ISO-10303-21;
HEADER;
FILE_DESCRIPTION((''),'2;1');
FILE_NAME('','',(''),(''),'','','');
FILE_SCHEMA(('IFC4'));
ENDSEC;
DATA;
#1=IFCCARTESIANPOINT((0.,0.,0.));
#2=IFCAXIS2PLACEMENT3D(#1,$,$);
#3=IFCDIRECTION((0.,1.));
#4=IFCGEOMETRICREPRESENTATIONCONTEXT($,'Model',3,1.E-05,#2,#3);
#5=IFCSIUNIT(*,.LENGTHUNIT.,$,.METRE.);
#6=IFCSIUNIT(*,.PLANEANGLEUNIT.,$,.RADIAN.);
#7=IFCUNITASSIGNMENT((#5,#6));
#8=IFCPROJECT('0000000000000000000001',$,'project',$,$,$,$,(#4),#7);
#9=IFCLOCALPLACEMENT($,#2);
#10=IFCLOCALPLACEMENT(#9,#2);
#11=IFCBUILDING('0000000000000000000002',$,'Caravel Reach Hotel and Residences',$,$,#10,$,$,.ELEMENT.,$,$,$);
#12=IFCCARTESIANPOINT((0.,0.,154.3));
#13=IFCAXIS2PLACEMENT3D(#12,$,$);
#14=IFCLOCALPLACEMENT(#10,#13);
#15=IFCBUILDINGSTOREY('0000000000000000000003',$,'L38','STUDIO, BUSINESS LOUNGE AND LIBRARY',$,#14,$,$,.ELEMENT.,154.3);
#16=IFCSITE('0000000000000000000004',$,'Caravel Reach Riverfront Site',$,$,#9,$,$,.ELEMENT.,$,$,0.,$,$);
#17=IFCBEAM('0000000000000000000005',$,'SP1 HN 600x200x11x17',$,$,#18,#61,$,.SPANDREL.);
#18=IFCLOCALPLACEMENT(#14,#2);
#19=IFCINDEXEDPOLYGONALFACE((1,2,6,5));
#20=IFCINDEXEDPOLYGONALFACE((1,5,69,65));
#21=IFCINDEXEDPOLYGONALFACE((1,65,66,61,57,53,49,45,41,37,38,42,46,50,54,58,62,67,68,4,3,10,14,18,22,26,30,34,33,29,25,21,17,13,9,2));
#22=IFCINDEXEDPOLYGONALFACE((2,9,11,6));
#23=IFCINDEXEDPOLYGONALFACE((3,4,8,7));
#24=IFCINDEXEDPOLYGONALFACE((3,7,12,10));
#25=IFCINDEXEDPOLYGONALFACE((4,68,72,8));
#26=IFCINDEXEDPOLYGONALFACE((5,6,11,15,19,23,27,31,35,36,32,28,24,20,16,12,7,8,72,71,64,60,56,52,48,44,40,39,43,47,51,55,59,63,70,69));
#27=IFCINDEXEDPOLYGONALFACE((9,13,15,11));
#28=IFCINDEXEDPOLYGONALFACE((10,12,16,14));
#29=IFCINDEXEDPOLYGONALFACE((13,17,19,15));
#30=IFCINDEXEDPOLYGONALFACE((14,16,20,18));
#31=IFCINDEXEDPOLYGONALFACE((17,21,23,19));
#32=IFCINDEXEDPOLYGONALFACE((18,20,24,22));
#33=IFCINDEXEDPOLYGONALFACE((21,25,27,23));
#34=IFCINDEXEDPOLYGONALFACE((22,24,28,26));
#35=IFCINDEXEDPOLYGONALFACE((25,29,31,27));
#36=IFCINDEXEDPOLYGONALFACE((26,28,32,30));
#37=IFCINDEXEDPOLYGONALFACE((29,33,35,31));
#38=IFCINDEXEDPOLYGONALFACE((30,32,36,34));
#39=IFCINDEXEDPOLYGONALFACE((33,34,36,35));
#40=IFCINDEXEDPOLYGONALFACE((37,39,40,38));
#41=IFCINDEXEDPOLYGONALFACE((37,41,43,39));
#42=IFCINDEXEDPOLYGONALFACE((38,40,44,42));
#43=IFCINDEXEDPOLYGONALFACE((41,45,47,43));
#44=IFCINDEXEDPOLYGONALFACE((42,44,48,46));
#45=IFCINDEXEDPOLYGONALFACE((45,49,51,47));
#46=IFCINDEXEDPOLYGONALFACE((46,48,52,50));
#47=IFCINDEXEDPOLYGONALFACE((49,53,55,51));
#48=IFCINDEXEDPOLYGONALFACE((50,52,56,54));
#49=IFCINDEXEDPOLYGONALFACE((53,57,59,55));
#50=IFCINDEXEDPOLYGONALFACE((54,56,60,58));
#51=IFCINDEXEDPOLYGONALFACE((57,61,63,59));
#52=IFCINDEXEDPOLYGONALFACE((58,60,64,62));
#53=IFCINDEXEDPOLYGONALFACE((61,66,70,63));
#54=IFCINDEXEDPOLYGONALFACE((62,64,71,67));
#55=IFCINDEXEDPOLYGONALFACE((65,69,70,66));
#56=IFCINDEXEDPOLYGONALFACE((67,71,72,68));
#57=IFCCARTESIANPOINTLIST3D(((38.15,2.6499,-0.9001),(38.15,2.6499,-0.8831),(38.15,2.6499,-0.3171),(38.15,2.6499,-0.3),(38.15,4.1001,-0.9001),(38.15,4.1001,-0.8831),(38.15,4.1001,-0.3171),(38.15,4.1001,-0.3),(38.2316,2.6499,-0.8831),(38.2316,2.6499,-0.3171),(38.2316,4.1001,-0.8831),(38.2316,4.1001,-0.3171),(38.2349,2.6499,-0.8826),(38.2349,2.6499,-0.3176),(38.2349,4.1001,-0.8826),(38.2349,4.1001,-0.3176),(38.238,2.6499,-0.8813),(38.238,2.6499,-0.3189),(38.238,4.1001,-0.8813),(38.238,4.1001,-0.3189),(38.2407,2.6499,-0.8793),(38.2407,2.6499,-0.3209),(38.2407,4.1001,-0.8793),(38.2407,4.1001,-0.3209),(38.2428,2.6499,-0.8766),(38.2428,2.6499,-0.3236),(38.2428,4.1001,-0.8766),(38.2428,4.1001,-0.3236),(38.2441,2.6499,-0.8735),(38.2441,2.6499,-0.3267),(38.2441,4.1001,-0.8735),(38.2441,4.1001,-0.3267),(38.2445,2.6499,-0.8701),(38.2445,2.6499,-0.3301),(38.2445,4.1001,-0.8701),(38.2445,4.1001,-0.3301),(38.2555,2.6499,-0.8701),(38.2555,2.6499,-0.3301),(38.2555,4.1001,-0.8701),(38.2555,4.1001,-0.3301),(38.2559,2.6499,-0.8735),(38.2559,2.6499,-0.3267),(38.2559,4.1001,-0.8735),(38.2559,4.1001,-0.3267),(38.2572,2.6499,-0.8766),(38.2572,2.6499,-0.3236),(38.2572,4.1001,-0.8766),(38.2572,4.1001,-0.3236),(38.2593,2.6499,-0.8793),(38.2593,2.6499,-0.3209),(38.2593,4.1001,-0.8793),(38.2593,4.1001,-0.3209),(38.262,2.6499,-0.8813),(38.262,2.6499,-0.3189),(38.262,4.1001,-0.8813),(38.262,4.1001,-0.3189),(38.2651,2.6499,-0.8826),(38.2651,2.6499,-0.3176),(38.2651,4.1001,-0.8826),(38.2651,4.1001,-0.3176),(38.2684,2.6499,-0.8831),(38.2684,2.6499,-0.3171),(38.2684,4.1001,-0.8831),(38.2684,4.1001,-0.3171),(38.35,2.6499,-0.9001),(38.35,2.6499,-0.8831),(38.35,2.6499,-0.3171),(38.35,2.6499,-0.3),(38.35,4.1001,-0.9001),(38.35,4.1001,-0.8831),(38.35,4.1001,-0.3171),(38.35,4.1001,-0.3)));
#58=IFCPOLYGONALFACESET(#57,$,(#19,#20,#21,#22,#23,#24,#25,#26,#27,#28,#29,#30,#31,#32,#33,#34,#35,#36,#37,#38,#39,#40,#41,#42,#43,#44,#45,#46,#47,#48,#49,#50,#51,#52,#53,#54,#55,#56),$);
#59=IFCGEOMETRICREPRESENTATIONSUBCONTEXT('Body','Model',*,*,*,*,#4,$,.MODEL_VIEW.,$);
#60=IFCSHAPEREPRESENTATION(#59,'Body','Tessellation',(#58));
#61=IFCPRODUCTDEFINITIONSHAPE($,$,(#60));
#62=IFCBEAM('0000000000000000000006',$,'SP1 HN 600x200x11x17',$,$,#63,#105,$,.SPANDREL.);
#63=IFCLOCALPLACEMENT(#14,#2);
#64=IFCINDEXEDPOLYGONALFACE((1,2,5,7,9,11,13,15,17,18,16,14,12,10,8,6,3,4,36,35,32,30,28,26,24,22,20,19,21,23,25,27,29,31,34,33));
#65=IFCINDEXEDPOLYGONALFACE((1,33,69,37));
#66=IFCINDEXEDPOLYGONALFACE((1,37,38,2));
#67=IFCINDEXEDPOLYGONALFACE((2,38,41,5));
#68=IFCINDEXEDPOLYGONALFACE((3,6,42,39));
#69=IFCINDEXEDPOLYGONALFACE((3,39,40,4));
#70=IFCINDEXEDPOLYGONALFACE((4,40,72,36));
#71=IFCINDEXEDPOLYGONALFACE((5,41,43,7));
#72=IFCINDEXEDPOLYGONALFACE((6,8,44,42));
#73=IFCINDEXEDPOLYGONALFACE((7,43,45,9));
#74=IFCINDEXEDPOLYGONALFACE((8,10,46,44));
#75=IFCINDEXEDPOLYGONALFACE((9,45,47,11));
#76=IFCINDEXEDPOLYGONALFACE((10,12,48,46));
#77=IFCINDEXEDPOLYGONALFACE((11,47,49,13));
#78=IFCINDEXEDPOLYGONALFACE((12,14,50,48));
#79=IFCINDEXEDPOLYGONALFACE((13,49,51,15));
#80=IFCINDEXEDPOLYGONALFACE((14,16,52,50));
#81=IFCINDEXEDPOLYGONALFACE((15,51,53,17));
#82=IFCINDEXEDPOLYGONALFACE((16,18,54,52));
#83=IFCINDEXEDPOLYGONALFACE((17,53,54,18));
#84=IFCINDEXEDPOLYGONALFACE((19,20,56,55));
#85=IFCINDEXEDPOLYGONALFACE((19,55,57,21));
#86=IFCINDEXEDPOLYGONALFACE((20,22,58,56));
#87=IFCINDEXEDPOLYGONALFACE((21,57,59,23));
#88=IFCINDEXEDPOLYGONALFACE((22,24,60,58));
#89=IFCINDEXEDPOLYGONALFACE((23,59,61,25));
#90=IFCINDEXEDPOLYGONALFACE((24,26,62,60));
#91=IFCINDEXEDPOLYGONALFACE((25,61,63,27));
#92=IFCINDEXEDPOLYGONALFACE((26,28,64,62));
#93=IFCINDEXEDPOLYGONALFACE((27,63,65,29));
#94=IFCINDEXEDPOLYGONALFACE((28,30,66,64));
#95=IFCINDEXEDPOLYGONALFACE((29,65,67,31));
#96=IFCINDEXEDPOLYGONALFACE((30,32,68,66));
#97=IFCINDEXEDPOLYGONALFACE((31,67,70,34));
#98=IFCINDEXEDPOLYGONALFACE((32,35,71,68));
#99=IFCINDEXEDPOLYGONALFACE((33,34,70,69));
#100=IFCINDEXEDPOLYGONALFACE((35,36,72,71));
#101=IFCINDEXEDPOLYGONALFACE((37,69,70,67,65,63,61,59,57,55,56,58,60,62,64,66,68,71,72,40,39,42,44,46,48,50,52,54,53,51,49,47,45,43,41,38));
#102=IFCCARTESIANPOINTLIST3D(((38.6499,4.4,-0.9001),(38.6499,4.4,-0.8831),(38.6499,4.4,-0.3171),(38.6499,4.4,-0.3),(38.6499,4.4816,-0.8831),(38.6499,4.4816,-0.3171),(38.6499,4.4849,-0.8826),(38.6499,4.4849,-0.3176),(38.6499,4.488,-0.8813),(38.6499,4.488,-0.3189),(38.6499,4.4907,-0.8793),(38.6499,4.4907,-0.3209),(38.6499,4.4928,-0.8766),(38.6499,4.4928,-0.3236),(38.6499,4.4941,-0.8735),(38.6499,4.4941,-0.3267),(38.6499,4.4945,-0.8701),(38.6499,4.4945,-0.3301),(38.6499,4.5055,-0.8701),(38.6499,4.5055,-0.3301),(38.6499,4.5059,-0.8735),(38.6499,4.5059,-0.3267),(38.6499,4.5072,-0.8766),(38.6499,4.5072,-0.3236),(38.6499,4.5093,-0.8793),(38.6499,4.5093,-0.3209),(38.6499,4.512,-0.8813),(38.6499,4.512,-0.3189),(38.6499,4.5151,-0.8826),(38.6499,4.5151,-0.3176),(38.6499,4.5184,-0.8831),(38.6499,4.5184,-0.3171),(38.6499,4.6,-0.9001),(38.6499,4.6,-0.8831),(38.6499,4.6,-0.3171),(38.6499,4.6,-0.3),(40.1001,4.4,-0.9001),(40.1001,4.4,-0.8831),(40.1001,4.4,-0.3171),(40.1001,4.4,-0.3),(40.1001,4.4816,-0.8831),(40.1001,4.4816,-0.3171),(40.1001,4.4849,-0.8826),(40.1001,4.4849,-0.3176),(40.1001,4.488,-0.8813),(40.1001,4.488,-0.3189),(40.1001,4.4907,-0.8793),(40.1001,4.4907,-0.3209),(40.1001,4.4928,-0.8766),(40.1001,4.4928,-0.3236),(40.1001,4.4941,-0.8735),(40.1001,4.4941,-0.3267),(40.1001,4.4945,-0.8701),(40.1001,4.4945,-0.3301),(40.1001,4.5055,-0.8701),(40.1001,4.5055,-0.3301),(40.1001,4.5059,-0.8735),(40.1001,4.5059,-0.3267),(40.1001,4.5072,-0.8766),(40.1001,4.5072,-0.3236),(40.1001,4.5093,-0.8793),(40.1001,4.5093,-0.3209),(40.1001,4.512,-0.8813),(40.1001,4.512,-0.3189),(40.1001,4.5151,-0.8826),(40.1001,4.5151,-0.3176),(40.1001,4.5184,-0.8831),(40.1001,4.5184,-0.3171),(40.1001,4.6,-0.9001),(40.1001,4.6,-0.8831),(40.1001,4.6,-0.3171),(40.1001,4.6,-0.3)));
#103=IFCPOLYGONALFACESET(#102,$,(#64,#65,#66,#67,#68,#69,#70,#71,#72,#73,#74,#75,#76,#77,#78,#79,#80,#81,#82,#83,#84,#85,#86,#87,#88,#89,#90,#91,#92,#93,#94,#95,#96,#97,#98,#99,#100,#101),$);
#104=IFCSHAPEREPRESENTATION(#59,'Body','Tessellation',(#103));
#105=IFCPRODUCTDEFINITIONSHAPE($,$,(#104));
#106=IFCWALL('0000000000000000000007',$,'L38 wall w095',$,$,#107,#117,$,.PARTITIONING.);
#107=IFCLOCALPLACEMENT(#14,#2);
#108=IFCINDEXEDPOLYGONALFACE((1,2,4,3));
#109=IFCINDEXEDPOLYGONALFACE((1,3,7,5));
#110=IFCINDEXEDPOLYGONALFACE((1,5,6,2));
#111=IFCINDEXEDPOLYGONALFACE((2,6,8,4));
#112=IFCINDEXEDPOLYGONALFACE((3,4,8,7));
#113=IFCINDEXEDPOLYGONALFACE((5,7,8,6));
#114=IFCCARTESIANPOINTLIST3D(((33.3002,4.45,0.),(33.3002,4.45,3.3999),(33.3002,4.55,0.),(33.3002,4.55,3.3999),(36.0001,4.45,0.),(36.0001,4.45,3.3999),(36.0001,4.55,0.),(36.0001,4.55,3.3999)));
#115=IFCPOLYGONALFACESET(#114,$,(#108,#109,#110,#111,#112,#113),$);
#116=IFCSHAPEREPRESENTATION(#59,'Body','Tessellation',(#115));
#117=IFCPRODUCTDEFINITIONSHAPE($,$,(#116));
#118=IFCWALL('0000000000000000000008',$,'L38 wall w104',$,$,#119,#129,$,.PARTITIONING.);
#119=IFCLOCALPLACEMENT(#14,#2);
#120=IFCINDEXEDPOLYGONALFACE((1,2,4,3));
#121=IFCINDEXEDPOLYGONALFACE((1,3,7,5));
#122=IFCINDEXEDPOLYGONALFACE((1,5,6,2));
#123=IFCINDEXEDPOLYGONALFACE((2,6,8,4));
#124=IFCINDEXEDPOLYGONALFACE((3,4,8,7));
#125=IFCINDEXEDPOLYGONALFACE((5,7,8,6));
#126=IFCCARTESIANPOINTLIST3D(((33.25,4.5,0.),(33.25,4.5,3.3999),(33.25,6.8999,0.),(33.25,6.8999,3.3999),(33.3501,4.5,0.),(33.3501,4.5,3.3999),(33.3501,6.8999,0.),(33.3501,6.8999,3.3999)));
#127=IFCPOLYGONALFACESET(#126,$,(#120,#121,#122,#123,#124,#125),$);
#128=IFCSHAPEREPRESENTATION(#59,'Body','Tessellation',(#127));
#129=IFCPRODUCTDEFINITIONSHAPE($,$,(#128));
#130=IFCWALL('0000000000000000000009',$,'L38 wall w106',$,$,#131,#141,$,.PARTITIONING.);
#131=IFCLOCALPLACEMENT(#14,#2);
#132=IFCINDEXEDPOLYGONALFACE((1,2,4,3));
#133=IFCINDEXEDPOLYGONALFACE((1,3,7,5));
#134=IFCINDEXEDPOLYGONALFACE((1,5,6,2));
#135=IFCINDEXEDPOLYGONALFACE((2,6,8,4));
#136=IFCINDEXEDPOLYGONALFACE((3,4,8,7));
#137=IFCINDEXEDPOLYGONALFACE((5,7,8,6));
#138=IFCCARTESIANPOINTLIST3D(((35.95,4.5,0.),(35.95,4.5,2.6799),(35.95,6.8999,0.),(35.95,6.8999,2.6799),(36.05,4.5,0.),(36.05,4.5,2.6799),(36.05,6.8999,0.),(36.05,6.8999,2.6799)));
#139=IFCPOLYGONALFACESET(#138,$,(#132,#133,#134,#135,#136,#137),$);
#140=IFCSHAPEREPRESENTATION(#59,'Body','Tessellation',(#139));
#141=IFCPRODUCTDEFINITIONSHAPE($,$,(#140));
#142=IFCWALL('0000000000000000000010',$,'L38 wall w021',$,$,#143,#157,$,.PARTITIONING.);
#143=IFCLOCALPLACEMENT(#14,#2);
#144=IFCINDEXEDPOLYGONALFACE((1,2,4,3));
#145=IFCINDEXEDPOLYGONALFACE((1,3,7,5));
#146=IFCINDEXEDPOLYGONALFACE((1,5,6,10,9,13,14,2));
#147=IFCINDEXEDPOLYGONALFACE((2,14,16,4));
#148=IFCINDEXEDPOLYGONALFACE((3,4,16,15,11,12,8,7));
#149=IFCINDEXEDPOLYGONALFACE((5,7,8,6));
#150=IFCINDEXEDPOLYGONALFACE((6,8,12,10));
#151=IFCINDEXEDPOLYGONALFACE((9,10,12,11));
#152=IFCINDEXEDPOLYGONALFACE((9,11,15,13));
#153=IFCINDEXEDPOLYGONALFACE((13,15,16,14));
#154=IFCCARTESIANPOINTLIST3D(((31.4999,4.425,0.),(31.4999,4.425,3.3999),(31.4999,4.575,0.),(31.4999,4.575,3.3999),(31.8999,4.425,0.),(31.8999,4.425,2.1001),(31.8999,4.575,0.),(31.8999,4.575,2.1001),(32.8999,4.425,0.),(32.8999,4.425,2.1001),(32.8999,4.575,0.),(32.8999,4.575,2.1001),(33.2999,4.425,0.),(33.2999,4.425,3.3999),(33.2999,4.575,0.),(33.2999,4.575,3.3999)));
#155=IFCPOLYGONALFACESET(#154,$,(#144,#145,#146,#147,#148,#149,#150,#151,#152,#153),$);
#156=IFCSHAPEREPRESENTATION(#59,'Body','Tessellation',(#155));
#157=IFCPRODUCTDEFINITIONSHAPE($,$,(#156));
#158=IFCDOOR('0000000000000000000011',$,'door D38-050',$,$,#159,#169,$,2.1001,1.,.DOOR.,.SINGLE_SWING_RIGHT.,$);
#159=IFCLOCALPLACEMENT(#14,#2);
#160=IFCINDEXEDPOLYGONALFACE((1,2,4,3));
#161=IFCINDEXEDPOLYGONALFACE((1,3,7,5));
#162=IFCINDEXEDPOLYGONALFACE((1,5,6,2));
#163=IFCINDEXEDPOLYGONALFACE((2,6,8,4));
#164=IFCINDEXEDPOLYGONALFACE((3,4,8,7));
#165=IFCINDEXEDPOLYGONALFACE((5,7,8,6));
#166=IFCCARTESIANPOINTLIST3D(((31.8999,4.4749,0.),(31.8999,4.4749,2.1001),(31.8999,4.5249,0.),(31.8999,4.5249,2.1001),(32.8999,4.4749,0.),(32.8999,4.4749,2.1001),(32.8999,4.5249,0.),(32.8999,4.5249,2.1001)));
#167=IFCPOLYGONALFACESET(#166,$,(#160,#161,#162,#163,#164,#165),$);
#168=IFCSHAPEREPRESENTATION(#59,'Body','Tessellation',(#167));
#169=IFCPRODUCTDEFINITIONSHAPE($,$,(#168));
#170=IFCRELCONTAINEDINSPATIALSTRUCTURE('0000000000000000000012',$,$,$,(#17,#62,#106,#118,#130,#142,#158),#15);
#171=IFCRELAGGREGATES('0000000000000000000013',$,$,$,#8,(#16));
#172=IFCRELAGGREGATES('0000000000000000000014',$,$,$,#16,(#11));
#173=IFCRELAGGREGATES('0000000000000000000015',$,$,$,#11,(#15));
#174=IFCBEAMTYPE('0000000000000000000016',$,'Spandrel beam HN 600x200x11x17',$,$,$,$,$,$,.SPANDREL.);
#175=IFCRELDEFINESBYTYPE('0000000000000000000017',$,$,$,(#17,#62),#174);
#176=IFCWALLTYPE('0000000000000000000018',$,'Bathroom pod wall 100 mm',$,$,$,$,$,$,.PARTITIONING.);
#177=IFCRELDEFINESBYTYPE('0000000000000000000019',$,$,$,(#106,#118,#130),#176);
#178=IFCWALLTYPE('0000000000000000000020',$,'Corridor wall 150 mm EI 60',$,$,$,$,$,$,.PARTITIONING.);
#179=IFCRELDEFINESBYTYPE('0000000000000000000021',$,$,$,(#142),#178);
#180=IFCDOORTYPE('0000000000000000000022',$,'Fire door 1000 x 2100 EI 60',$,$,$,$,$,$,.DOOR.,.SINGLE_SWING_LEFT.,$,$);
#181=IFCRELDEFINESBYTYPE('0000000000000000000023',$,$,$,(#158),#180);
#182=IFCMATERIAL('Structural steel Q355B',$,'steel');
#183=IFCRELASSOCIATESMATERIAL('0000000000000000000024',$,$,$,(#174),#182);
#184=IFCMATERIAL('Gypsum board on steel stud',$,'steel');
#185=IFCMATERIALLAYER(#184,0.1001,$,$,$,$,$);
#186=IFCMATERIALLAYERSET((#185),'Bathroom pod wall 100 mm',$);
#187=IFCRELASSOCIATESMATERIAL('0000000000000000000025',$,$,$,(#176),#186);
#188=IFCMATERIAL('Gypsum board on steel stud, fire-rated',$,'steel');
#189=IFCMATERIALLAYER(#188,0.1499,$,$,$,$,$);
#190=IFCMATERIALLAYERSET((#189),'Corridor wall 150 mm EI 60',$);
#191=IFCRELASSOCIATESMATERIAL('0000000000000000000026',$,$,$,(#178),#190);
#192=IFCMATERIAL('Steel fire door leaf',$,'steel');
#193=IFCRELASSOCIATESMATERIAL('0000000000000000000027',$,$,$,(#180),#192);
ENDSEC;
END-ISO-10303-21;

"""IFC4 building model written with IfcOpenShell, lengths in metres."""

from ifc_helpers import new_model, si_unit, direction, frame, frame_2d, origin, origin_2d, place, context, subcontext, project, spatial, rectangle, i_section, extrude, material, layer, layer_set, material_profile, profile_set, type_object, element, fill, save


model = new_model("IFC4")

# Units and contexts
model_context = context("Model", 3, precision=1e-05, world=origin(), true_north=direction((0.0, 1.0)))
body_context = subcontext(model_context, "Body", "Model", "MODEL_VIEW")
ifc_project = project(units=[si_unit("LENGTHUNIT", "METRE"), si_unit("PLANEANGLEUNIT", "RADIAN")], contexts=[model_context])

# Site, building, storey
site_placement = place(None, origin())
site = spatial("IfcSite", under=ifc_project, at=site_placement, Name="Caravel Reach Riverfront Site", CompositionType="ELEMENT", RefElevation=0.0)
building_placement = place(site_placement, origin())
building = spatial("IfcBuilding", under=site, at=building_placement, Name="Caravel Reach Hotel and Residences", CompositionType="ELEMENT")
storey_placement = place(building_placement, frame((0.0, 0.0, 154.3)))
storey = spatial("IfcBuildingStorey", under=building, at=storey_placement, Name="L38", Description="STUDIO, BUSINESS LOUNGE AND LIBRARY", CompositionType="ELEMENT", Elevation=154.3)

# Beams
ifc_material_1 = material(Name="Structural steel Q355B", Category="steel")
ifc_material_profile_1 = material_profile(ifc_material_1, i_section(OverallWidth=0.2, OverallDepth=0.6001, WebThickness=0.011, FlangeThickness=0.0171, FilletRadius=0.0129, at=origin_2d()), Name="HN 600x200x11x17")
ifc_profile_set_1 = profile_set([ifc_material_profile_1], Name="Structural steel Q355B")
beam_type = type_object("IfcBeamType", Name="Spandrel beam HN 600x200x11x17", PredefinedType="SPANDREL", material=ifc_profile_set_1)
for number, where, z_axis, x_axis, name in (
    (1, (38.25, 2.6499, -0.6001), (0.0, 1.0, 0.0), (-1.0, 0.0, 0.0), "SP1 HN 600x200x11x17"),
    (2, (38.6499, 4.5, -0.6001), (1.0, 0.0, 0.0), (0.0, 1.0, 0.0), "SP1 HN 600x200x11x17"),
):
    element("IfcBeam", number, at=place(storey_placement, frame(where, z_axis=z_axis, x_axis=x_axis)), inside=storey, type_object=beam_type, Name=name, PredefinedType="SPANDREL", context=body_context, shape_type="SweptSolid", body=[
        extrude(i_section(OverallWidth=0.2, OverallDepth=0.6001, WebThickness=0.011, FlangeThickness=0.0171, FilletRadius=0.0129, at=origin_2d()), origin(), (0.0, 0.0, 1.0), 1.4502),
    ])

# Walls
ifc_material_2 = material(Name="Gypsum board on steel stud", Category="steel")
ifc_layer_1 = layer(ifc_material_2, 0.1001)
ifc_layer_set_1 = layer_set([ifc_layer_1], Name="Bathroom pod wall 100 mm")
wall_type_1 = type_object("IfcWallType", Name="Bathroom pod wall 100 mm", PredefinedType="PARTITIONING", material=ifc_layer_set_1)
wall_1_placement = place(storey_placement, frame((33.3, 4.5, 0.0), z_axis=(0.0, 0.0, 1.0), x_axis=(1.0, 0.0, 0.0)))
element("IfcWall", 3, at=wall_1_placement, inside=storey, type_object=wall_type_1, Name="L38 wall w095", PredefinedType="PARTITIONING", context=body_context, shape_type="SweptSolid", body=[
    extrude(rectangle(XDim=2.7, YDim=0.1001, at=frame_2d((1.3501, 0.0))), origin(), (0.0, 0.0, 1.0), 3.3999),
])
wall_2_placement = place(storey_placement, frame((33.3, 4.5, 0.0), z_axis=(0.0, 0.0, 1.0), x_axis=(0.0, 1.0, 0.0)))
element("IfcWall", 4, at=wall_2_placement, inside=storey, type_object=wall_type_1, Name="L38 wall w104", PredefinedType="PARTITIONING", context=body_context, shape_type="SweptSolid", body=[
    extrude(rectangle(XDim=2.3999, YDim=0.1001, at=frame_2d((1.2, 0.0))), origin(), (0.0, 0.0, 1.0), 3.3999),
])
wall_3_placement = place(storey_placement, frame((36.0, 4.5, 0.0), z_axis=(0.0, 0.0, 1.0), x_axis=(0.0, 1.0, 0.0)))
element("IfcWall", 5, at=wall_3_placement, inside=storey, type_object=wall_type_1, Name="L38 wall w106", PredefinedType="PARTITIONING", context=body_context, shape_type="SweptSolid", body=[
    extrude(rectangle(XDim=2.3999, YDim=0.1001, at=frame_2d((1.2, 0.0))), origin(), (0.0, 0.0, 1.0), 2.6799),
])

# Wall, opening, door
ifc_material_3 = material(Name="Gypsum board on steel stud, fire-rated", Category="steel")
ifc_layer_2 = layer(ifc_material_3, 0.1499)
ifc_layer_set_2 = layer_set([ifc_layer_2], Name="Corridor wall 150 mm EI 60")
wall_type_2 = type_object("IfcWallType", Name="Corridor wall 150 mm EI 60", PredefinedType="PARTITIONING", material=ifc_layer_set_2)
wall_4_placement = place(storey_placement, frame((31.5, 4.5, 0.0), z_axis=(0.0, 0.0, 1.0), x_axis=(1.0, 0.0, 0.0)))
wall_4 = element("IfcWall", 6, at=wall_4_placement, inside=storey, type_object=wall_type_2, Name="L38 wall w021", PredefinedType="PARTITIONING", context=body_context, shape_type="SweptSolid", body=[
    extrude(rectangle(XDim=1.8, YDim=0.1499, at=frame_2d((0.8999, 0.0))), origin(), (0.0, 0.0, 1.0), 3.3999),
])
opening_1_placement = place(wall_4_placement, frame((0.3999, 0.0, 0.0)))
opening_1 = element("IfcOpeningElement", 7, at=opening_1_placement, cuts=wall_4, PredefinedType="OPENING", context=body_context, shape_type="SweptSolid", body=[
    extrude(rectangle(XDim=1.0, YDim=2.1001, at=frame_2d((0.5, 1.05))), frame((0.0, 0.085, 0.0), z_axis=(0.0, -1.0, 0.0), x_axis=(1.0, 0.0, 0.0)), (0.0, 0.0, 1.0), 0.1699),
])
ifc_material_4 = material(Name="Steel fire door leaf", Category="steel")
door_type_1 = type_object("IfcDoorType", Name="Fire door 1000 x 2100 EI 60", OperationType="SINGLE_SWING_LEFT", PredefinedType="DOOR", material=ifc_material_4)
door_1_placement = place(opening_1_placement, origin())
door_1 = element("IfcDoor", 8, at=door_1_placement, inside=storey, type_object=door_type_1, Name="door D38-050", OperationType="SINGLE_SWING_RIGHT", OverallHeight=2.1001, OverallWidth=1.0, PredefinedType="DOOR", context=body_context, shape_type="SweptSolid", body=[
    extrude(rectangle(XDim=1.0, YDim=2.1001, at=frame_2d((0.5, 1.05))), frame((0.0, 0.0249, 0.0), z_axis=(0.0, -1.0, 0.0), x_axis=(1.0, 0.0, 0.0)), (0.0, 0.0, 1.0), 0.05),
])
fill(opening_1, door_1)

save(model, "model.ifc")
